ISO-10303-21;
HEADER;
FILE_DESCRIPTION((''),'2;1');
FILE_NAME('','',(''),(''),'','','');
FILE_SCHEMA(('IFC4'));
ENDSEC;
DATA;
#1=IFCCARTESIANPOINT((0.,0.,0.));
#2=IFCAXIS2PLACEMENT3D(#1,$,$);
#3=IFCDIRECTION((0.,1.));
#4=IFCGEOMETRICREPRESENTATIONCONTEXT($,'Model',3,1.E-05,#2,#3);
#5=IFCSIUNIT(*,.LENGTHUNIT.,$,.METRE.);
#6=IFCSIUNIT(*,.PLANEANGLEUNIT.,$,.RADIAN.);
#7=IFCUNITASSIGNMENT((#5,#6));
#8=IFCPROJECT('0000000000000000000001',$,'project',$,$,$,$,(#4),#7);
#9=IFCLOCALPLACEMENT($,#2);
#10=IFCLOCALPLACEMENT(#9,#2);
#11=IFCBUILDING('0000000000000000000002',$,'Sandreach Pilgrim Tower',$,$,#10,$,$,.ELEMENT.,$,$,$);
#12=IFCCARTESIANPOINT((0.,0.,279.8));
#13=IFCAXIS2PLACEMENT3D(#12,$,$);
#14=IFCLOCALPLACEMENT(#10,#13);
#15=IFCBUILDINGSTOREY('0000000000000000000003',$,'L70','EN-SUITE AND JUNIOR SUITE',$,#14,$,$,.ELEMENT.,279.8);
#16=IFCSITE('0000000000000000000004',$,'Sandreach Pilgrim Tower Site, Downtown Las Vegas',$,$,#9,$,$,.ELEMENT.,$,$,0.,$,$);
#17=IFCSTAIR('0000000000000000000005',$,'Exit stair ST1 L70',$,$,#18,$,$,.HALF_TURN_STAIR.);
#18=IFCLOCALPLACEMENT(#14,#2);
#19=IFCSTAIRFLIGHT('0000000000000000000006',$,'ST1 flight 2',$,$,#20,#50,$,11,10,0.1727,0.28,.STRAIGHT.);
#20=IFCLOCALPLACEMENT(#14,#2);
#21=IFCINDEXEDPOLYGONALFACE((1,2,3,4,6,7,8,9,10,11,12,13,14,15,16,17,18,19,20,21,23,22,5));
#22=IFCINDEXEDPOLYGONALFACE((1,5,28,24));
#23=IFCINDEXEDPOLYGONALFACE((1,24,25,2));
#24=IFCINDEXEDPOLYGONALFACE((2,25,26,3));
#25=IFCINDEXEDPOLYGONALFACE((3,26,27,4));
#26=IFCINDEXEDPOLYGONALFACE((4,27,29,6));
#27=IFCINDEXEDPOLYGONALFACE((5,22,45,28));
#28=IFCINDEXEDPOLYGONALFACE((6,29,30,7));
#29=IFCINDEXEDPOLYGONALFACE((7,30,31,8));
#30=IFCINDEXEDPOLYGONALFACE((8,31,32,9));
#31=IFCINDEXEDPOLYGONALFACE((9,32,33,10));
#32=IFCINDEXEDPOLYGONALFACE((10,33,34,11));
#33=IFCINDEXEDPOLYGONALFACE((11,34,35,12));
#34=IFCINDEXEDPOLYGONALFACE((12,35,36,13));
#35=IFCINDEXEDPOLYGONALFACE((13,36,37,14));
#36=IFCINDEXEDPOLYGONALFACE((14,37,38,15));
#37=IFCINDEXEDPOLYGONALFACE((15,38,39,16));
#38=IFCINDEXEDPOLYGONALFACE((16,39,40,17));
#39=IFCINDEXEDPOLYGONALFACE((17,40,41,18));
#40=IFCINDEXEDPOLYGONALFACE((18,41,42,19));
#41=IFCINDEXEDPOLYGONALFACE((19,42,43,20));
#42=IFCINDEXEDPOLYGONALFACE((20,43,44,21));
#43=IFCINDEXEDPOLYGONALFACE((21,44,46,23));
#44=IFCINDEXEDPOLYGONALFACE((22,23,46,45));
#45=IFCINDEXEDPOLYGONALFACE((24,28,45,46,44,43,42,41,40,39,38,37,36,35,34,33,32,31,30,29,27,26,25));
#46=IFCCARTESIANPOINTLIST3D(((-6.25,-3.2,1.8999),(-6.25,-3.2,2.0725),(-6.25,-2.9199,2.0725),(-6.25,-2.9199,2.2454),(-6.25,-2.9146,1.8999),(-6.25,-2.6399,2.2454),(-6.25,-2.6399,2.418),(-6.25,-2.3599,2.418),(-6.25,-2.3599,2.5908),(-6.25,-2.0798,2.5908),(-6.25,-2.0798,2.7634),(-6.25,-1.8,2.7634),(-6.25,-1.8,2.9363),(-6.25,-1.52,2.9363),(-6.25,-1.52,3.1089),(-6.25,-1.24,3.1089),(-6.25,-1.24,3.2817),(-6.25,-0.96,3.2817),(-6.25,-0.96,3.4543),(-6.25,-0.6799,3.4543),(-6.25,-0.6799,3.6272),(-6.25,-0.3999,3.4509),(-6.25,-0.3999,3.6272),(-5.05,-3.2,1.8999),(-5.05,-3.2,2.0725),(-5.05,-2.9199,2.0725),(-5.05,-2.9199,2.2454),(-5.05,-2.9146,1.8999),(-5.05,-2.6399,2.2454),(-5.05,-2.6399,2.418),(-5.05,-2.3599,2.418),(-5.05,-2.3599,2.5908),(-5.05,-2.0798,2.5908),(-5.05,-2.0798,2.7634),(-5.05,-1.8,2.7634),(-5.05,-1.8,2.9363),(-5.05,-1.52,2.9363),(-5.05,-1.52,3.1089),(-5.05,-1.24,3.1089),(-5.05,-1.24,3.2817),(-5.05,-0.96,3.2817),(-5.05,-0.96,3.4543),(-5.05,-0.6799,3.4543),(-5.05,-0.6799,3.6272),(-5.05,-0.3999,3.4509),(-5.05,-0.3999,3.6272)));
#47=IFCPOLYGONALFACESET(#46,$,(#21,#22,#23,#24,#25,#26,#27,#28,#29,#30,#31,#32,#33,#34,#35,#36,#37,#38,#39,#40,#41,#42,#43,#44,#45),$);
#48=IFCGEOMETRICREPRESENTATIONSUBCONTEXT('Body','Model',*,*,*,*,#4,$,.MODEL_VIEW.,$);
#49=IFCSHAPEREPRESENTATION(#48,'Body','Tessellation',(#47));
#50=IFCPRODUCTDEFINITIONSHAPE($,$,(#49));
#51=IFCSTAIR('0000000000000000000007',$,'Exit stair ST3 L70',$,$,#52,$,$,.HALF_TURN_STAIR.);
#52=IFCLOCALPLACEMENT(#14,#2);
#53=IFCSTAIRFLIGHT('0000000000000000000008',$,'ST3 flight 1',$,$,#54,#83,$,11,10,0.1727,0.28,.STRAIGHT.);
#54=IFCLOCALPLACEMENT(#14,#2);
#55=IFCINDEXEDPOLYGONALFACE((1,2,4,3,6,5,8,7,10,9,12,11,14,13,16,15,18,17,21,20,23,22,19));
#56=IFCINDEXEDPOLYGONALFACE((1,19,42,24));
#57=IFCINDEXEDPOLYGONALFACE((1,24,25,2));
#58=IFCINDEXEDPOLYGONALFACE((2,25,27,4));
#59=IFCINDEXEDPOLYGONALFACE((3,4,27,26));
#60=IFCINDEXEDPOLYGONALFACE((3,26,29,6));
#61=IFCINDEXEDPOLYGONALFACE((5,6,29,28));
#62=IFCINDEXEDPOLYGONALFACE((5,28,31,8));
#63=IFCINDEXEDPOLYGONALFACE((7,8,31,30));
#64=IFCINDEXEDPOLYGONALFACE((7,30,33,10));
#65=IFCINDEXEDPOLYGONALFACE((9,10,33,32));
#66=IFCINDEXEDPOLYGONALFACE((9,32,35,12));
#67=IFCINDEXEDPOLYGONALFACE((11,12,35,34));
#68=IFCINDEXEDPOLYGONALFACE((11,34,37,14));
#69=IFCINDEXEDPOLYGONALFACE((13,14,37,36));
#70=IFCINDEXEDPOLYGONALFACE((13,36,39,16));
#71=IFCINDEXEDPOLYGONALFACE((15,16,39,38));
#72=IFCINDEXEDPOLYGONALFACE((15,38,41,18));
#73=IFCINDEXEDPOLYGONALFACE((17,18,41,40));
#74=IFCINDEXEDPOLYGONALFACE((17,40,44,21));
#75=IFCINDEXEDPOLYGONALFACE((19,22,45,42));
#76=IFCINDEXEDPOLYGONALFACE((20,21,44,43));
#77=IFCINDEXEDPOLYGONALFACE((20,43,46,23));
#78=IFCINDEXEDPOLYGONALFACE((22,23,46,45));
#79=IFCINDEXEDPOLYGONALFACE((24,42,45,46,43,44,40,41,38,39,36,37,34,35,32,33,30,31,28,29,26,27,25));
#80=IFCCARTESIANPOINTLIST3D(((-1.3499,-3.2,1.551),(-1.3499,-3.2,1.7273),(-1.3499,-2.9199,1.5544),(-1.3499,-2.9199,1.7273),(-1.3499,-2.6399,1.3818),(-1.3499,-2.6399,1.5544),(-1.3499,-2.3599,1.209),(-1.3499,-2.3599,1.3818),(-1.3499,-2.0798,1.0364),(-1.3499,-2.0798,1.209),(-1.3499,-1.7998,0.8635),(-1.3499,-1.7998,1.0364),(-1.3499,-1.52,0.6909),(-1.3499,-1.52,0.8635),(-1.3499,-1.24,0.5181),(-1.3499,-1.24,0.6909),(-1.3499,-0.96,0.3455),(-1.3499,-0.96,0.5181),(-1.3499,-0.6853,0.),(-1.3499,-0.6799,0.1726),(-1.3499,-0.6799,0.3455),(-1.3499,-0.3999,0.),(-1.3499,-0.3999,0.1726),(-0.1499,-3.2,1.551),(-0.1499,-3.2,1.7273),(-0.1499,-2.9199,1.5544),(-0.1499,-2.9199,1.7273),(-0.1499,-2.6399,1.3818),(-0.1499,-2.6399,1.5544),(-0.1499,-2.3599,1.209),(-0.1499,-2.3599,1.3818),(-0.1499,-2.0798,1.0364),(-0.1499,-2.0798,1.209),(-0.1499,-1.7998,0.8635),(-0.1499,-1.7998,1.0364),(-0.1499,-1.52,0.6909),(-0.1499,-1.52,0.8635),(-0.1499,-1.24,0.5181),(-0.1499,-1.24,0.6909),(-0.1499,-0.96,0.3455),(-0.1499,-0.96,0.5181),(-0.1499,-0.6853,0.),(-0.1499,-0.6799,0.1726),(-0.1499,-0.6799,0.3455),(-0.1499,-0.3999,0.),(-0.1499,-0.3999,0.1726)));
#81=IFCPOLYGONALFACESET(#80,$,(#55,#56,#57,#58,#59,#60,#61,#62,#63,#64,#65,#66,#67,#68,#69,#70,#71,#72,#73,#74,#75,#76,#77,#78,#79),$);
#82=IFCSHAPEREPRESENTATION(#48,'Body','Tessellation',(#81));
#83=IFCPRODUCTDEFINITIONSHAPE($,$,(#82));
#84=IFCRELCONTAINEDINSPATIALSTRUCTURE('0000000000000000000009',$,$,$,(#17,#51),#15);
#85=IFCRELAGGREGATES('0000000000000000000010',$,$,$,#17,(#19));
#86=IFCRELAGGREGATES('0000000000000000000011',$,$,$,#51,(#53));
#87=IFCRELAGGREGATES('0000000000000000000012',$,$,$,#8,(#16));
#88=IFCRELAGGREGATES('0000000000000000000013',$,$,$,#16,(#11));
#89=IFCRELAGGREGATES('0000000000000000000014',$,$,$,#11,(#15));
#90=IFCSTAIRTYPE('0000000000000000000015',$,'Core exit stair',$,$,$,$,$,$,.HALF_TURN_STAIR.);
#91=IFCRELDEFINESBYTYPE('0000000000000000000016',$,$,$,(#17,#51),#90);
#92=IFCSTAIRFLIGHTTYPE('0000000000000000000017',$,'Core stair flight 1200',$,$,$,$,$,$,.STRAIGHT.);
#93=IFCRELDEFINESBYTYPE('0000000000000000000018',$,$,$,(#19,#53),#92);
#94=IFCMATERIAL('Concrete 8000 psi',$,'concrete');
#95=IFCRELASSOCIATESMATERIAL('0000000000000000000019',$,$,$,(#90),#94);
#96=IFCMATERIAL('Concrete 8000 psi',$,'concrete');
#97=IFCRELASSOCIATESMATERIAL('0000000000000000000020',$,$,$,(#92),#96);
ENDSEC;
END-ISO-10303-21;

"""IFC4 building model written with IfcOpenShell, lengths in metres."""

from ifc_helpers import new_model, si_unit, direction, frame, origin, place, context, subcontext, project, spatial, polyline, outline, extrude, material, type_object, element, aggregate, save


model = new_model("IFC4")

# Units and contexts
model_context = context("Model", 3, precision=1e-05, world=origin(), true_north=direction((0.0, 1.0)))
body_context = subcontext(model_context, "Body", "Model", "MODEL_VIEW")
ifc_project = project(units=[si_unit("LENGTHUNIT", "METRE"), si_unit("PLANEANGLEUNIT", "RADIAN")], contexts=[model_context])

# Site, building, storey
site_placement = place(None, origin())
site = spatial("IfcSite", under=ifc_project, at=site_placement, Name="Sandreach Pilgrim Tower Site, Downtown Las Vegas", CompositionType="ELEMENT", RefElevation=0.0)
building_placement = place(site_placement, origin())
building = spatial("IfcBuilding", under=site, at=building_placement, Name="Sandreach Pilgrim Tower", CompositionType="ELEMENT")
storey_placement = place(building_placement, frame((0.0, 0.0, 279.8)))
storey = spatial("IfcBuildingStorey", under=building, at=storey_placement, Name="L70", Description="EN-SUITE AND JUNIOR SUITE", CompositionType="ELEMENT", Elevation=279.8)

# Stair, stair flight
ifc_material_1 = material(Name="Concrete 8000 psi", Category="concrete")
stair_type = type_object("IfcStairType", Name="Core exit stair", PredefinedType="HALF_TURN_STAIR", material=ifc_material_1)
stair_1_placement = place(storey_placement, origin())
stair_1 = element("IfcStair", 1, at=stair_1_placement, inside=storey, type_object=stair_type, Name="Exit stair ST1 L70", PredefinedType="HALF_TURN_STAIR")
ifc_material_2 = material(Name="Concrete 8000 psi", Category="concrete")
stair_flight_type = type_object("IfcStairFlightType", Name="Core stair flight 1200", PredefinedType="STRAIGHT", material=ifc_material_2)
stair_flight_1_placement = place(storey_placement, frame((-5.6499, -3.2, 1.8999), z_axis=(0.0, 0.0, 1.0), x_axis=(0.0, 1.0, 0.0)))
stair_flight_1 = element("IfcStairFlight", 2, at=stair_flight_1_placement, type_object=stair_flight_type, Name="ST1 flight 2", NumberOfRisers=11, NumberOfTreads=10, PredefinedType="STRAIGHT", RiserHeight=0.1727, TreadLength=0.28, context=body_context, shape_type="SweptSolid", body=[
    extrude(outline(polyline([(0.0, 0.0), (0.0, 0.1726), (0.28, 0.1726), (0.28, 0.3455), (0.5601, 0.3455), (0.5601, 0.5181), (0.8401, 0.5181), (0.8401, 0.6909), (1.1201, 0.6909), (1.1201, 0.8635), (1.3999, 0.8635), (1.3999, 1.0364), (1.6799, 1.0364), (1.6799, 1.209), (1.96, 1.209), (1.96, 1.3818), (2.24, 1.3818), (2.24, 1.5544), (2.52, 1.5544), (2.52, 1.7273), (2.8, 1.7273), (2.8, 1.8999), (2.8, 1.551), (0.2854, 0.0), (0.0, 0.0)])), frame((0.0, 0.6001, 0.0), z_axis=(0.0, -1.0, 0.0), x_axis=(1.0, 0.0, 0.0)), (0.0, 0.0, 1.0), 1.2),
])
aggregate(stair_1, [stair_flight_1])

# Stair, stair flight
stair_2_placement = place(storey_placement, origin())
stair_2 = element("IfcStair", 3, at=stair_2_placement, inside=storey, type_object=stair_type, Name="Exit stair ST3 L70", PredefinedType="HALF_TURN_STAIR")
stair_flight_2_placement = place(storey_placement, frame((-0.75, -0.3999, 0.0), z_axis=(0.0, 0.0, 1.0), x_axis=(0.0, -1.0, 0.0)))
stair_flight_2 = element("IfcStairFlight", 4, at=stair_flight_2_placement, type_object=stair_flight_type, Name="ST3 flight 1", NumberOfRisers=11, NumberOfTreads=10, PredefinedType="STRAIGHT", RiserHeight=0.1727, TreadLength=0.28, context=body_context, shape_type="SweptSolid", body=[
    extrude(outline(polyline([(0.0, 0.0), (0.0, 0.1726), (0.28, 0.1726), (0.28, 0.3455), (0.5601, 0.3455), (0.5601, 0.5181), (0.8401, 0.5181), (0.8401, 0.6909), (1.1201, 0.6909), (1.1201, 0.8635), (1.3999, 0.8635), (1.3999, 1.0364), (1.6799, 1.0364), (1.6799, 1.209), (1.96, 1.209), (1.96, 1.3818), (2.24, 1.3818), (2.24, 1.5544), (2.52, 1.5544), (2.52, 1.7273), (2.8, 1.7273), (2.8, 1.8999), (2.8, 1.551), (0.2854, 0.0), (0.0, 0.0)])), frame((0.0, 0.6001, 0.0), z_axis=(0.0, -1.0, 0.0), x_axis=(1.0, 0.0, 0.0)), (0.0, 0.0, 1.0), 1.2),
])
aggregate(stair_2, [stair_flight_2])

save(model, "model.ifc")
